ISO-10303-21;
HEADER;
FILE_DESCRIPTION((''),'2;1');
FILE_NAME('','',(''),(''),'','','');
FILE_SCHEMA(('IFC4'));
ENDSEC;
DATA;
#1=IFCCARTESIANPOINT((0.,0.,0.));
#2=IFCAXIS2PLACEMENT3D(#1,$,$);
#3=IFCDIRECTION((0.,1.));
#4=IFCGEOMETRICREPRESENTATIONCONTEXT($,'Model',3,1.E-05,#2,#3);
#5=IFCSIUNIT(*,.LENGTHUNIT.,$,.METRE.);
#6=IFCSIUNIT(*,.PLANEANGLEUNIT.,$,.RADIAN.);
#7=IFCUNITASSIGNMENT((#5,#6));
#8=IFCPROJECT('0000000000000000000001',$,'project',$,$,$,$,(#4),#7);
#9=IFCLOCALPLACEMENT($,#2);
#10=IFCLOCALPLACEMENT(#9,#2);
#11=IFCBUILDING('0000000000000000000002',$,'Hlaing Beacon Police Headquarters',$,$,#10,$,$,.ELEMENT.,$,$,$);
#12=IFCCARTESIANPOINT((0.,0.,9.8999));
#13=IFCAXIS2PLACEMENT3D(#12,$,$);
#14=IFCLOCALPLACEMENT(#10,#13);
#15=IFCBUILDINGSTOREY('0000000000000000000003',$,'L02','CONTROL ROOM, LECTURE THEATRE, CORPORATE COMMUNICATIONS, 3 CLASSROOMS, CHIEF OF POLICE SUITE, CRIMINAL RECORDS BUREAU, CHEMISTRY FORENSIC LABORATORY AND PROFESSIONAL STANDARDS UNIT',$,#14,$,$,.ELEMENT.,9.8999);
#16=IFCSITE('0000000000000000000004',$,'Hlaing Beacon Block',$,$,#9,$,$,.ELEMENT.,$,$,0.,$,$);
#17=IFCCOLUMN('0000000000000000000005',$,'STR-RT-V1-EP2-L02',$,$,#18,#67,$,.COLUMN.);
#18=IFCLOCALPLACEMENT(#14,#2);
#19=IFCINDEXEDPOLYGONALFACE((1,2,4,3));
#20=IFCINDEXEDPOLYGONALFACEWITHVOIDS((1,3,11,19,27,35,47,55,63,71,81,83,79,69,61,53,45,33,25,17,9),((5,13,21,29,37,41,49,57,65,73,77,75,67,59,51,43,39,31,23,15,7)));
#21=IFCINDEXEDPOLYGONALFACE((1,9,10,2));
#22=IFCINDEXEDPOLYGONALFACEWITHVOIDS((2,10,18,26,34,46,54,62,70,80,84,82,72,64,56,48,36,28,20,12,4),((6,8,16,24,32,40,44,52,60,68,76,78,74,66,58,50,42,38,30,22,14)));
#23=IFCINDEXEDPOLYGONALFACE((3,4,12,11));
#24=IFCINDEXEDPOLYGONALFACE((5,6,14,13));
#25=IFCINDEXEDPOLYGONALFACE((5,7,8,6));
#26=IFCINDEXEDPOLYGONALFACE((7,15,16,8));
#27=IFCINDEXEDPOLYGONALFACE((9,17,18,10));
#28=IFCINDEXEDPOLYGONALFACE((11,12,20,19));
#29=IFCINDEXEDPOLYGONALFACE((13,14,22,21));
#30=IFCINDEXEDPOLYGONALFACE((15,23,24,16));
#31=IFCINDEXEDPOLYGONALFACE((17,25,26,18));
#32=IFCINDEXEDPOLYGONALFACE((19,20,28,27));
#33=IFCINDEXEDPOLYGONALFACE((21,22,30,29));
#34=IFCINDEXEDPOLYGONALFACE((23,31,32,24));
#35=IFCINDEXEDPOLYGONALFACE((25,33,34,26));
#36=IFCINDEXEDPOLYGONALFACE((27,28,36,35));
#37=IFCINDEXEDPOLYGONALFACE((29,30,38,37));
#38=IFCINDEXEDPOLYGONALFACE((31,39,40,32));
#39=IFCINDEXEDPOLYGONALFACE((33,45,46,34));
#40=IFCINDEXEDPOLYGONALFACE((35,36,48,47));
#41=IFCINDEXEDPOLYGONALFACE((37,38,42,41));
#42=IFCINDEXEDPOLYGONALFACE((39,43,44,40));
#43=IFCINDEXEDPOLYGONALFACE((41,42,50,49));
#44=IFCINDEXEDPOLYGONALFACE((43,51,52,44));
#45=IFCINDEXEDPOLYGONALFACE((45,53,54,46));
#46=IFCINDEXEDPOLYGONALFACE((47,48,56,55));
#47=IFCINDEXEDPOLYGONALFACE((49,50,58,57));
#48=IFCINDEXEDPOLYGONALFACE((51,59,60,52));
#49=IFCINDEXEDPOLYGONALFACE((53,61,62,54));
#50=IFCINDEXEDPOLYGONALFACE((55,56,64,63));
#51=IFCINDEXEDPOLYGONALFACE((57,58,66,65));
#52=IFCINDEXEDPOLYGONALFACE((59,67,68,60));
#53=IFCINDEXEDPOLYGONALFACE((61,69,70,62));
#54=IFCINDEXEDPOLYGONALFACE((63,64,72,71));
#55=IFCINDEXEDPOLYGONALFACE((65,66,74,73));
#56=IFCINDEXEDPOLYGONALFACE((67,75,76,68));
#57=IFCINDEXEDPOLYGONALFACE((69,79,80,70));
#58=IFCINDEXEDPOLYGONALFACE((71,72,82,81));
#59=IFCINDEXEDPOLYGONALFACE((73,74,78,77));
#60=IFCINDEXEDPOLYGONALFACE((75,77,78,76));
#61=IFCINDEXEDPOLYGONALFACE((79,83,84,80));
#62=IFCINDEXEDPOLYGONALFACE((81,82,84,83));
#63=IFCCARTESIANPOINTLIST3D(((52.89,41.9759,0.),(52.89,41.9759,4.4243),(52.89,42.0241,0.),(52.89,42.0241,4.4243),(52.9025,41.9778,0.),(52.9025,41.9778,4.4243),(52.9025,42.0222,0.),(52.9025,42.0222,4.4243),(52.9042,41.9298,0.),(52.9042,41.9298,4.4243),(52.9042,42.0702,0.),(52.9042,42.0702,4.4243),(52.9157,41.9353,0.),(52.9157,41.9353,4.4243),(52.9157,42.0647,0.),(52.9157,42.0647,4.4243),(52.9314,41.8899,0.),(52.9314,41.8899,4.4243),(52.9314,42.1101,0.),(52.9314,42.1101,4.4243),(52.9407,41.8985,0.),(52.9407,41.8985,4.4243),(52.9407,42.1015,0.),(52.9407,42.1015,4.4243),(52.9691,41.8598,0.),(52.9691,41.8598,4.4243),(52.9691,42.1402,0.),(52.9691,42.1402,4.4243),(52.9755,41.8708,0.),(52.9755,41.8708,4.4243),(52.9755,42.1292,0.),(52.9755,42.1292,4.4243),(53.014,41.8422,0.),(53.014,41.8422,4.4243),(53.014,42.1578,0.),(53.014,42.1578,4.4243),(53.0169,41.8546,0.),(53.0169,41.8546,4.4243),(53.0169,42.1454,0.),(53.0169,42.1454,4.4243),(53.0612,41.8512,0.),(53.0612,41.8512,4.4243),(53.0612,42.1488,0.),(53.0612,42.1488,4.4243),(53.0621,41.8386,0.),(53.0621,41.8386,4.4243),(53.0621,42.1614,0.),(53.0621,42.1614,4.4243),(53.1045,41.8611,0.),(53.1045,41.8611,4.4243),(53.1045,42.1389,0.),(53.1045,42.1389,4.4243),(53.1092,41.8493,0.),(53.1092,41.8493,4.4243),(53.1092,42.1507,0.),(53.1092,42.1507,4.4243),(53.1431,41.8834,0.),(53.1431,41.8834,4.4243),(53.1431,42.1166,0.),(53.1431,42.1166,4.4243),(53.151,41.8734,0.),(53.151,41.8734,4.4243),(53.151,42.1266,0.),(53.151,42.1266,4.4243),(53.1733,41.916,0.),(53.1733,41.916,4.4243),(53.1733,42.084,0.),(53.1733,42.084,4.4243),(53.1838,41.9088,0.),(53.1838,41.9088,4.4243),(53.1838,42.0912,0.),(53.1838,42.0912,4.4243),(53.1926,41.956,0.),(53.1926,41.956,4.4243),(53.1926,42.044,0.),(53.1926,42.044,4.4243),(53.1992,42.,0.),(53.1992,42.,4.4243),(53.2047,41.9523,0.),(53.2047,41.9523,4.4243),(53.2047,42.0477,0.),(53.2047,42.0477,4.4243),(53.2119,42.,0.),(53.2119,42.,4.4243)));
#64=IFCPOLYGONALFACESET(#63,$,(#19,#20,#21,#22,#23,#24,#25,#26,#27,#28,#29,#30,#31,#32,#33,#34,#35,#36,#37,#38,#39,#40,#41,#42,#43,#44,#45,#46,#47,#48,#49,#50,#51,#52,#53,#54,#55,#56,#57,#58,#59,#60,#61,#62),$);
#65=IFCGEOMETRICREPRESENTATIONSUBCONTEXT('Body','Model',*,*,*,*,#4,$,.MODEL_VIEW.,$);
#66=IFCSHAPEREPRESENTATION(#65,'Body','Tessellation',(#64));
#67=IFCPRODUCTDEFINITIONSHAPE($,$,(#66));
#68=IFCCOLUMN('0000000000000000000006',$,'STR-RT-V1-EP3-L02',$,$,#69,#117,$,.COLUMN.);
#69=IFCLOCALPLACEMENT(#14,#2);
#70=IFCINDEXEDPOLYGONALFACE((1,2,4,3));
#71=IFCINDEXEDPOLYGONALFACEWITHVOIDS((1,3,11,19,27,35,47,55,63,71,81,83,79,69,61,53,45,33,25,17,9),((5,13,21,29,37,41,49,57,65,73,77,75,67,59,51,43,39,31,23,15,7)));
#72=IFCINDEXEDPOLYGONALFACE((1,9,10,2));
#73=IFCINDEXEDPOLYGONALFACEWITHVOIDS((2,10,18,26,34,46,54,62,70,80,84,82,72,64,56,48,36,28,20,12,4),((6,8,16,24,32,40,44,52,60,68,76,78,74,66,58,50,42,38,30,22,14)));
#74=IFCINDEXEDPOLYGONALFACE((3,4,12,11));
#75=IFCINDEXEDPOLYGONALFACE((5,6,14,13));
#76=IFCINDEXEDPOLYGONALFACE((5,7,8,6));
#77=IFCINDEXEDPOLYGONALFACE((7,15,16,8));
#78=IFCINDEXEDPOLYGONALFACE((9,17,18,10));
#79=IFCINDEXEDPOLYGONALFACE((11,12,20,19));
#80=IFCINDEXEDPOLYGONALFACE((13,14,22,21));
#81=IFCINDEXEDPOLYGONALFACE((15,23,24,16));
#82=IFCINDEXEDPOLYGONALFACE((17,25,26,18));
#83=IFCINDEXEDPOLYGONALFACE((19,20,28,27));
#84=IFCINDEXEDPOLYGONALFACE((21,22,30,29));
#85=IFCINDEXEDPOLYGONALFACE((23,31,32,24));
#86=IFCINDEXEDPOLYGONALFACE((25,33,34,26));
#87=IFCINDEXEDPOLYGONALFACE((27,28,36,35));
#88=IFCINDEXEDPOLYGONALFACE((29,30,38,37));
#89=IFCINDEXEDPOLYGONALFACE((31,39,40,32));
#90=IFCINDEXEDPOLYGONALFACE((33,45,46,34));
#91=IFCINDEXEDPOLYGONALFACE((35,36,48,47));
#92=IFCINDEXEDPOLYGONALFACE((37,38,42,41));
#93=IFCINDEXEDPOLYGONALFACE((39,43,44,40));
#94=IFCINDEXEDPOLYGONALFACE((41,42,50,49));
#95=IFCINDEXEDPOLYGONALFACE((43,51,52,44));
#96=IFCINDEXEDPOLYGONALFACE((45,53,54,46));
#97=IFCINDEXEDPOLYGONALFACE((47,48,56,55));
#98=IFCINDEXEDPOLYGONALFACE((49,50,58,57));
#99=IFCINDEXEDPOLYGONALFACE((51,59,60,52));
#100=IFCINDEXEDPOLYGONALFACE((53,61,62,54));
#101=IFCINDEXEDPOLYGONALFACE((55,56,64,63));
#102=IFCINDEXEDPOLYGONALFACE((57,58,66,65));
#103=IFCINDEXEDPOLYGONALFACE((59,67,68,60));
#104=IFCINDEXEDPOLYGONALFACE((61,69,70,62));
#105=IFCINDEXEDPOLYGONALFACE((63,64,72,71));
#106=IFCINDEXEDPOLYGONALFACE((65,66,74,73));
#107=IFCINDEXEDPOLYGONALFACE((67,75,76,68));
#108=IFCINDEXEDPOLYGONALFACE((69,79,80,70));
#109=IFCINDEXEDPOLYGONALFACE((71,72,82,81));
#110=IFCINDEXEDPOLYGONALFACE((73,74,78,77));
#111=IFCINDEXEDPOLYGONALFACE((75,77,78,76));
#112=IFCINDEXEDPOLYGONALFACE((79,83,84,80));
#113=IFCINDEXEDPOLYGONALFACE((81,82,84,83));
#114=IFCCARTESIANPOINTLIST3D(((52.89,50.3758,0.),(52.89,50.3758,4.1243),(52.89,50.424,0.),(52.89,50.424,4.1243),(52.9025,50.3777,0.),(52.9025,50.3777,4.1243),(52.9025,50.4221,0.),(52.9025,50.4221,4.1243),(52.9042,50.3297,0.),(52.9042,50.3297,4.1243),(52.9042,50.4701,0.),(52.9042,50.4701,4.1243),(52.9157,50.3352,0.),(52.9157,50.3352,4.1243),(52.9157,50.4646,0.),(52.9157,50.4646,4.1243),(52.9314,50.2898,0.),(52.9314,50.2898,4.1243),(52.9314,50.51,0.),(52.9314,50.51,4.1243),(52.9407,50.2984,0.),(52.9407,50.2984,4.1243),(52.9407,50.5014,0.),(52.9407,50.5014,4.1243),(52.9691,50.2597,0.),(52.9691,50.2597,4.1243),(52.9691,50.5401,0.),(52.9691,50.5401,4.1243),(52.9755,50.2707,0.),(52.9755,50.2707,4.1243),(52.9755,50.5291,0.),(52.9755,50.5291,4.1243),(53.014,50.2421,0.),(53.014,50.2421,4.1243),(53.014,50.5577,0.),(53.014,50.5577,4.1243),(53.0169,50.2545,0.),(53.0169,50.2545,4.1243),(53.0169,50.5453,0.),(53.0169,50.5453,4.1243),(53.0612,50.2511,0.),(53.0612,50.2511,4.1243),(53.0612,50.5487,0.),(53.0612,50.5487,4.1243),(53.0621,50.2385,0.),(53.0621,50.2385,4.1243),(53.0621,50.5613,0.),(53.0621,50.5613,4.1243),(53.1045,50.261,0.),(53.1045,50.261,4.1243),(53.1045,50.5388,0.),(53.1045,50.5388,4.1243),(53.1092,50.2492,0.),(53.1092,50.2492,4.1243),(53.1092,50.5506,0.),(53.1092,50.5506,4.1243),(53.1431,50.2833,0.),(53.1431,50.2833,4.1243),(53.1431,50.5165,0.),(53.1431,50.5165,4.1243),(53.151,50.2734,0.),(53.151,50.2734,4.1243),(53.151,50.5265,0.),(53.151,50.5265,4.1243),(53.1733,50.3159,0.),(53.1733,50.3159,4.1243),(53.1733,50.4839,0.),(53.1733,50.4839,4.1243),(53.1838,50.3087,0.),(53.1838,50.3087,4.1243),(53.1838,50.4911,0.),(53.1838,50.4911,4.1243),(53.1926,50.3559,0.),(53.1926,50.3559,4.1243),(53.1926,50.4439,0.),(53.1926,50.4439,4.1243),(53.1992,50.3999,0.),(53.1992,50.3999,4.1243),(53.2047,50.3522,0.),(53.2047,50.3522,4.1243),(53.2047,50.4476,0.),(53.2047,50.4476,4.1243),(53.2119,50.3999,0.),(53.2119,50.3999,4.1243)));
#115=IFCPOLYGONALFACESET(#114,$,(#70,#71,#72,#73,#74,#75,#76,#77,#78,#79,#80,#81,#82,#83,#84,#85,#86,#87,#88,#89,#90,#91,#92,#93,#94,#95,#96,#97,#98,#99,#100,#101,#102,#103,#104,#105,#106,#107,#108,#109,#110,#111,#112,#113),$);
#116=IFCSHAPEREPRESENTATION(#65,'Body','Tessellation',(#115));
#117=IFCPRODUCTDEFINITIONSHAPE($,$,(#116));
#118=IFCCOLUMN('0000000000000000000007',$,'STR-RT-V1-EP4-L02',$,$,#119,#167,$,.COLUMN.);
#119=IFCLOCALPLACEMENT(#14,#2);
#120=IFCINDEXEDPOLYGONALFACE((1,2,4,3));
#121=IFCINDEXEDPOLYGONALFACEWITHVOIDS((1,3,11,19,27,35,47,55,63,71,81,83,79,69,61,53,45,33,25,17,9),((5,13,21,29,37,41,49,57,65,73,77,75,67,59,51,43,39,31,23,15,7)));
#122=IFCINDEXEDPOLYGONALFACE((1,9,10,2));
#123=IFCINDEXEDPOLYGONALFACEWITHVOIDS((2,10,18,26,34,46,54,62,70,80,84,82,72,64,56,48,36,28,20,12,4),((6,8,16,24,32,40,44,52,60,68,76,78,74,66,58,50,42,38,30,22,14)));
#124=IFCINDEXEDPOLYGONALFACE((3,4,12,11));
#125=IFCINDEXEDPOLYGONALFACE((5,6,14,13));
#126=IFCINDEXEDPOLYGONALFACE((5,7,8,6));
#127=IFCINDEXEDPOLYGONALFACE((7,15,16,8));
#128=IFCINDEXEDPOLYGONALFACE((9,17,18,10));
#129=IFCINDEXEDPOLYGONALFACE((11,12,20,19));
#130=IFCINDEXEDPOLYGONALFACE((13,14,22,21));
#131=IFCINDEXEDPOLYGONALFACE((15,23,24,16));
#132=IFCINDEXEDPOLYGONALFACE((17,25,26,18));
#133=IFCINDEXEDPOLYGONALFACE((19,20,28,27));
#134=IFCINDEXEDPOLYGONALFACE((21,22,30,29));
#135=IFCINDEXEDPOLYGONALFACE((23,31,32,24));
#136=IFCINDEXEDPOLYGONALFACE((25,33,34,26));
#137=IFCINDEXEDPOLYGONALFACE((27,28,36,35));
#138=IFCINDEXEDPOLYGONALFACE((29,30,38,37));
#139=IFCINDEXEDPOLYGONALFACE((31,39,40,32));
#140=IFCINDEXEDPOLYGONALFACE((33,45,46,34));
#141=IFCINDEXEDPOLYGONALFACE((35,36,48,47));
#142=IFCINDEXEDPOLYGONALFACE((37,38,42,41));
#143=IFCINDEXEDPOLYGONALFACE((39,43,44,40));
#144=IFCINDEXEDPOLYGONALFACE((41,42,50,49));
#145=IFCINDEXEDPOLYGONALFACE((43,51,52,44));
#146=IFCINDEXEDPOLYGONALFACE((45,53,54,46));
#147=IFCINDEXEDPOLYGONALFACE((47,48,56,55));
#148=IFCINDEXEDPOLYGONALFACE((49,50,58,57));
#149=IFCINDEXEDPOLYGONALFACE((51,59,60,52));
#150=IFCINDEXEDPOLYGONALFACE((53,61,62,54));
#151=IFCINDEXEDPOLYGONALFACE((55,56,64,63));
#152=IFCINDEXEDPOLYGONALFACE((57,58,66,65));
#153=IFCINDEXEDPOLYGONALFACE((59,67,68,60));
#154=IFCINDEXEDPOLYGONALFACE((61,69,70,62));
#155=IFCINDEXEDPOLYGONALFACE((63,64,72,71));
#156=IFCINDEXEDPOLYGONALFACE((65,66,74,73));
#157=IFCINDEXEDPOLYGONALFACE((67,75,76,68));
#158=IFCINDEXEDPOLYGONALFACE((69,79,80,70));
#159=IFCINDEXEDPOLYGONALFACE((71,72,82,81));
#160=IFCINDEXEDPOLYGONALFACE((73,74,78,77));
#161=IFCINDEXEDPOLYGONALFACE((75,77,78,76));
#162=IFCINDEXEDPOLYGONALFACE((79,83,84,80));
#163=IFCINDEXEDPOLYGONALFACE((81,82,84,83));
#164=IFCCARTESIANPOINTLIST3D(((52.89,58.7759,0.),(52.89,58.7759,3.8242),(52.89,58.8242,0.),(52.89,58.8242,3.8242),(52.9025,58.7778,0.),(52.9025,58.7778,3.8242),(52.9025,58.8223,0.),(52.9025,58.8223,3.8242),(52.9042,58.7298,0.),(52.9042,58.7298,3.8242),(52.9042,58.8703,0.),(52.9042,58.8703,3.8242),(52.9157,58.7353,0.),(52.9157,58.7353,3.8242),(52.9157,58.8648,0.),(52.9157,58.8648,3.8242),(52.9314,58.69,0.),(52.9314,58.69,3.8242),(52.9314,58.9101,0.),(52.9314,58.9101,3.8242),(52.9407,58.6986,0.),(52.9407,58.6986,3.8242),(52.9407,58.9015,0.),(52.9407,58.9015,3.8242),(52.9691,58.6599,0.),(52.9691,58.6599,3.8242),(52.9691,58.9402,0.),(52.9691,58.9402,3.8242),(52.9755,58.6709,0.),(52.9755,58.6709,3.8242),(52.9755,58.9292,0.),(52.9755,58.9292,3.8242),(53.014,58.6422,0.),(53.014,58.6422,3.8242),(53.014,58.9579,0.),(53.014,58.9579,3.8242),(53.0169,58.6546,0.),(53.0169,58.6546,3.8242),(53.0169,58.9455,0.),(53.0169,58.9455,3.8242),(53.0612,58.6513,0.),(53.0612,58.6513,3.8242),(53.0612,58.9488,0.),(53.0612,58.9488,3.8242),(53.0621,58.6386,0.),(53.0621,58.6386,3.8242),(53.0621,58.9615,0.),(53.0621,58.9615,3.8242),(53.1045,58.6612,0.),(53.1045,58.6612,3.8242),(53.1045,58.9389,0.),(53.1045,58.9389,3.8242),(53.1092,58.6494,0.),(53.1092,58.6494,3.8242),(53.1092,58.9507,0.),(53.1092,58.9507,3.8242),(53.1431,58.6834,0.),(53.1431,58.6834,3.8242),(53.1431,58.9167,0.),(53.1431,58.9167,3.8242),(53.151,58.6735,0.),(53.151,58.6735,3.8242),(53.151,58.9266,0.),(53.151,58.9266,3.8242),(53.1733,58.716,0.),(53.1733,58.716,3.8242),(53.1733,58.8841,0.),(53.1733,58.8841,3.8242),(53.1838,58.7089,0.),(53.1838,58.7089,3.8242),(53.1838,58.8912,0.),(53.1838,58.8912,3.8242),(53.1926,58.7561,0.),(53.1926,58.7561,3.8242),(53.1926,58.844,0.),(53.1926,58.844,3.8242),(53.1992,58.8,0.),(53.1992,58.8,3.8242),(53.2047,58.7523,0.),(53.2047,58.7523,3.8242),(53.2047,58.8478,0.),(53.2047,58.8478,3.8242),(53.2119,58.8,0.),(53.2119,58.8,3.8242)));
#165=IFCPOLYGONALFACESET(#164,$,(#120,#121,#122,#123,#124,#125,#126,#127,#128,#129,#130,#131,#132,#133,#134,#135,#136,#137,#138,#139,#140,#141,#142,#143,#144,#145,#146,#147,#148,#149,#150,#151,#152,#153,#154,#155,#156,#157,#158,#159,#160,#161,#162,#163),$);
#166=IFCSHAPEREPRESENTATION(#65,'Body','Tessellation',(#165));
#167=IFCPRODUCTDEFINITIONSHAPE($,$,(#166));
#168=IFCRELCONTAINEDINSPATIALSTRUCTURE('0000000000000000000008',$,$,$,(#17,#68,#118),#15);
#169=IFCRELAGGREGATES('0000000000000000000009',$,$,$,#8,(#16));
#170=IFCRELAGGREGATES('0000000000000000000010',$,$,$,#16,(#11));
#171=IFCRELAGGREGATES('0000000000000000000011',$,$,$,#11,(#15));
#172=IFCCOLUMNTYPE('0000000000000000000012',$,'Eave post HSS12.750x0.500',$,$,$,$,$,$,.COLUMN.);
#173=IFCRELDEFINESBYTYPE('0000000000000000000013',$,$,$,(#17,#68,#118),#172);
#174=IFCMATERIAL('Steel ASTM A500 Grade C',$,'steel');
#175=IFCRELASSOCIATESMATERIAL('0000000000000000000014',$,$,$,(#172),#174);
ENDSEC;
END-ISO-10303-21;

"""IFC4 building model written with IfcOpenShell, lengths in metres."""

from ifc_helpers import new_model, si_unit, direction, frame, origin, origin_2d, place, context, subcontext, project, spatial, hollow_circle, extrude, material, material_profile, profile_set, type_object, element, save


model = new_model("IFC4")

# Units and contexts
model_context = context("Model", 3, precision=1e-05, world=origin(), true_north=direction((0.0, 1.0)))
body_context = subcontext(model_context, "Body", "Model", "MODEL_VIEW")
ifc_project = project(units=[si_unit("LENGTHUNIT", "METRE"), si_unit("PLANEANGLEUNIT", "RADIAN")], contexts=[model_context])

# Site, building, storey
site_placement = place(None, origin())
site = spatial("IfcSite", under=ifc_project, at=site_placement, Name="Hlaing Beacon Block", CompositionType="ELEMENT", RefElevation=0.0)
building_placement = place(site_placement, origin())
building = spatial("IfcBuilding", under=site, at=building_placement, Name="Hlaing Beacon Police Headquarters", CompositionType="ELEMENT")
storey_placement = place(building_placement, frame((0.0, 0.0, 9.8999)))
storey = spatial("IfcBuildingStorey", under=building, at=storey_placement, Name="L02", Description="CONTROL ROOM, LECTURE THEATRE, CORPORATE COMMUNICATIONS, 3 CLASSROOMS, CHIEF OF POLICE SUITE, CRIMINAL RECORDS BUREAU, CHEMISTRY FORENSIC LABORATORY AND PROFESSIONAL STANDARDS UNIT", CompositionType="ELEMENT", Elevation=9.8999)

# Columns
ifc_material_1 = material(Name="Steel ASTM A500 Grade C", Category="steel")
ifc_material_profile_1 = material_profile(ifc_material_1, hollow_circle(Radius=0.1619, WallThickness=0.0127, at=origin_2d()), Name="HSS12.750x0.500")
ifc_profile_set_1 = profile_set([ifc_material_profile_1], Name="Steel ASTM A500 Grade C")
column_type_1 = type_object("IfcColumnType", Name="Eave post HSS12.750x0.500", PredefinedType="COLUMN", material=ifc_profile_set_1)
column_1_placement = place(storey_placement, frame((53.05, 42.0, 0.0), z_axis=(0.0, 0.0, 1.0), x_axis=(1.0, 0.0, 0.0)))
element("IfcColumn", 1, at=column_1_placement, inside=storey, type_object=column_type_1, Name="STR-RT-V1-EP2-L02", PredefinedType="COLUMN", context=body_context, shape_type="SweptSolid", body=[
    extrude(hollow_circle(Radius=0.1619, WallThickness=0.0127, at=origin_2d()), origin(), (0.0, 0.0, 1.0), 4.4243),
])
column_2_placement = place(storey_placement, frame((53.05, 50.3999, 0.0), z_axis=(0.0, 0.0, 1.0), x_axis=(1.0, 0.0, 0.0)))
element("IfcColumn", 2, at=column_2_placement, inside=storey, type_object=column_type_1, Name="STR-RT-V1-EP3-L02", PredefinedType="COLUMN", context=body_context, shape_type="SweptSolid", body=[
    extrude(hollow_circle(Radius=0.1619, WallThickness=0.0127, at=origin_2d()), origin(), (0.0, 0.0, 1.0), 4.1243),
])
column_3_placement = place(storey_placement, frame((53.05, 58.8, 0.0), z_axis=(0.0, 0.0, 1.0), x_axis=(1.0, 0.0, 0.0)))
element("IfcColumn", 3, at=column_3_placement, inside=storey, type_object=column_type_1, Name="STR-RT-V1-EP4-L02", PredefinedType="COLUMN", context=body_context, shape_type="SweptSolid", body=[
    extrude(hollow_circle(Radius=0.1619, WallThickness=0.0127, at=origin_2d()), origin(), (0.0, 0.0, 1.0), 3.8242),
])

save(model, "model.ifc")
